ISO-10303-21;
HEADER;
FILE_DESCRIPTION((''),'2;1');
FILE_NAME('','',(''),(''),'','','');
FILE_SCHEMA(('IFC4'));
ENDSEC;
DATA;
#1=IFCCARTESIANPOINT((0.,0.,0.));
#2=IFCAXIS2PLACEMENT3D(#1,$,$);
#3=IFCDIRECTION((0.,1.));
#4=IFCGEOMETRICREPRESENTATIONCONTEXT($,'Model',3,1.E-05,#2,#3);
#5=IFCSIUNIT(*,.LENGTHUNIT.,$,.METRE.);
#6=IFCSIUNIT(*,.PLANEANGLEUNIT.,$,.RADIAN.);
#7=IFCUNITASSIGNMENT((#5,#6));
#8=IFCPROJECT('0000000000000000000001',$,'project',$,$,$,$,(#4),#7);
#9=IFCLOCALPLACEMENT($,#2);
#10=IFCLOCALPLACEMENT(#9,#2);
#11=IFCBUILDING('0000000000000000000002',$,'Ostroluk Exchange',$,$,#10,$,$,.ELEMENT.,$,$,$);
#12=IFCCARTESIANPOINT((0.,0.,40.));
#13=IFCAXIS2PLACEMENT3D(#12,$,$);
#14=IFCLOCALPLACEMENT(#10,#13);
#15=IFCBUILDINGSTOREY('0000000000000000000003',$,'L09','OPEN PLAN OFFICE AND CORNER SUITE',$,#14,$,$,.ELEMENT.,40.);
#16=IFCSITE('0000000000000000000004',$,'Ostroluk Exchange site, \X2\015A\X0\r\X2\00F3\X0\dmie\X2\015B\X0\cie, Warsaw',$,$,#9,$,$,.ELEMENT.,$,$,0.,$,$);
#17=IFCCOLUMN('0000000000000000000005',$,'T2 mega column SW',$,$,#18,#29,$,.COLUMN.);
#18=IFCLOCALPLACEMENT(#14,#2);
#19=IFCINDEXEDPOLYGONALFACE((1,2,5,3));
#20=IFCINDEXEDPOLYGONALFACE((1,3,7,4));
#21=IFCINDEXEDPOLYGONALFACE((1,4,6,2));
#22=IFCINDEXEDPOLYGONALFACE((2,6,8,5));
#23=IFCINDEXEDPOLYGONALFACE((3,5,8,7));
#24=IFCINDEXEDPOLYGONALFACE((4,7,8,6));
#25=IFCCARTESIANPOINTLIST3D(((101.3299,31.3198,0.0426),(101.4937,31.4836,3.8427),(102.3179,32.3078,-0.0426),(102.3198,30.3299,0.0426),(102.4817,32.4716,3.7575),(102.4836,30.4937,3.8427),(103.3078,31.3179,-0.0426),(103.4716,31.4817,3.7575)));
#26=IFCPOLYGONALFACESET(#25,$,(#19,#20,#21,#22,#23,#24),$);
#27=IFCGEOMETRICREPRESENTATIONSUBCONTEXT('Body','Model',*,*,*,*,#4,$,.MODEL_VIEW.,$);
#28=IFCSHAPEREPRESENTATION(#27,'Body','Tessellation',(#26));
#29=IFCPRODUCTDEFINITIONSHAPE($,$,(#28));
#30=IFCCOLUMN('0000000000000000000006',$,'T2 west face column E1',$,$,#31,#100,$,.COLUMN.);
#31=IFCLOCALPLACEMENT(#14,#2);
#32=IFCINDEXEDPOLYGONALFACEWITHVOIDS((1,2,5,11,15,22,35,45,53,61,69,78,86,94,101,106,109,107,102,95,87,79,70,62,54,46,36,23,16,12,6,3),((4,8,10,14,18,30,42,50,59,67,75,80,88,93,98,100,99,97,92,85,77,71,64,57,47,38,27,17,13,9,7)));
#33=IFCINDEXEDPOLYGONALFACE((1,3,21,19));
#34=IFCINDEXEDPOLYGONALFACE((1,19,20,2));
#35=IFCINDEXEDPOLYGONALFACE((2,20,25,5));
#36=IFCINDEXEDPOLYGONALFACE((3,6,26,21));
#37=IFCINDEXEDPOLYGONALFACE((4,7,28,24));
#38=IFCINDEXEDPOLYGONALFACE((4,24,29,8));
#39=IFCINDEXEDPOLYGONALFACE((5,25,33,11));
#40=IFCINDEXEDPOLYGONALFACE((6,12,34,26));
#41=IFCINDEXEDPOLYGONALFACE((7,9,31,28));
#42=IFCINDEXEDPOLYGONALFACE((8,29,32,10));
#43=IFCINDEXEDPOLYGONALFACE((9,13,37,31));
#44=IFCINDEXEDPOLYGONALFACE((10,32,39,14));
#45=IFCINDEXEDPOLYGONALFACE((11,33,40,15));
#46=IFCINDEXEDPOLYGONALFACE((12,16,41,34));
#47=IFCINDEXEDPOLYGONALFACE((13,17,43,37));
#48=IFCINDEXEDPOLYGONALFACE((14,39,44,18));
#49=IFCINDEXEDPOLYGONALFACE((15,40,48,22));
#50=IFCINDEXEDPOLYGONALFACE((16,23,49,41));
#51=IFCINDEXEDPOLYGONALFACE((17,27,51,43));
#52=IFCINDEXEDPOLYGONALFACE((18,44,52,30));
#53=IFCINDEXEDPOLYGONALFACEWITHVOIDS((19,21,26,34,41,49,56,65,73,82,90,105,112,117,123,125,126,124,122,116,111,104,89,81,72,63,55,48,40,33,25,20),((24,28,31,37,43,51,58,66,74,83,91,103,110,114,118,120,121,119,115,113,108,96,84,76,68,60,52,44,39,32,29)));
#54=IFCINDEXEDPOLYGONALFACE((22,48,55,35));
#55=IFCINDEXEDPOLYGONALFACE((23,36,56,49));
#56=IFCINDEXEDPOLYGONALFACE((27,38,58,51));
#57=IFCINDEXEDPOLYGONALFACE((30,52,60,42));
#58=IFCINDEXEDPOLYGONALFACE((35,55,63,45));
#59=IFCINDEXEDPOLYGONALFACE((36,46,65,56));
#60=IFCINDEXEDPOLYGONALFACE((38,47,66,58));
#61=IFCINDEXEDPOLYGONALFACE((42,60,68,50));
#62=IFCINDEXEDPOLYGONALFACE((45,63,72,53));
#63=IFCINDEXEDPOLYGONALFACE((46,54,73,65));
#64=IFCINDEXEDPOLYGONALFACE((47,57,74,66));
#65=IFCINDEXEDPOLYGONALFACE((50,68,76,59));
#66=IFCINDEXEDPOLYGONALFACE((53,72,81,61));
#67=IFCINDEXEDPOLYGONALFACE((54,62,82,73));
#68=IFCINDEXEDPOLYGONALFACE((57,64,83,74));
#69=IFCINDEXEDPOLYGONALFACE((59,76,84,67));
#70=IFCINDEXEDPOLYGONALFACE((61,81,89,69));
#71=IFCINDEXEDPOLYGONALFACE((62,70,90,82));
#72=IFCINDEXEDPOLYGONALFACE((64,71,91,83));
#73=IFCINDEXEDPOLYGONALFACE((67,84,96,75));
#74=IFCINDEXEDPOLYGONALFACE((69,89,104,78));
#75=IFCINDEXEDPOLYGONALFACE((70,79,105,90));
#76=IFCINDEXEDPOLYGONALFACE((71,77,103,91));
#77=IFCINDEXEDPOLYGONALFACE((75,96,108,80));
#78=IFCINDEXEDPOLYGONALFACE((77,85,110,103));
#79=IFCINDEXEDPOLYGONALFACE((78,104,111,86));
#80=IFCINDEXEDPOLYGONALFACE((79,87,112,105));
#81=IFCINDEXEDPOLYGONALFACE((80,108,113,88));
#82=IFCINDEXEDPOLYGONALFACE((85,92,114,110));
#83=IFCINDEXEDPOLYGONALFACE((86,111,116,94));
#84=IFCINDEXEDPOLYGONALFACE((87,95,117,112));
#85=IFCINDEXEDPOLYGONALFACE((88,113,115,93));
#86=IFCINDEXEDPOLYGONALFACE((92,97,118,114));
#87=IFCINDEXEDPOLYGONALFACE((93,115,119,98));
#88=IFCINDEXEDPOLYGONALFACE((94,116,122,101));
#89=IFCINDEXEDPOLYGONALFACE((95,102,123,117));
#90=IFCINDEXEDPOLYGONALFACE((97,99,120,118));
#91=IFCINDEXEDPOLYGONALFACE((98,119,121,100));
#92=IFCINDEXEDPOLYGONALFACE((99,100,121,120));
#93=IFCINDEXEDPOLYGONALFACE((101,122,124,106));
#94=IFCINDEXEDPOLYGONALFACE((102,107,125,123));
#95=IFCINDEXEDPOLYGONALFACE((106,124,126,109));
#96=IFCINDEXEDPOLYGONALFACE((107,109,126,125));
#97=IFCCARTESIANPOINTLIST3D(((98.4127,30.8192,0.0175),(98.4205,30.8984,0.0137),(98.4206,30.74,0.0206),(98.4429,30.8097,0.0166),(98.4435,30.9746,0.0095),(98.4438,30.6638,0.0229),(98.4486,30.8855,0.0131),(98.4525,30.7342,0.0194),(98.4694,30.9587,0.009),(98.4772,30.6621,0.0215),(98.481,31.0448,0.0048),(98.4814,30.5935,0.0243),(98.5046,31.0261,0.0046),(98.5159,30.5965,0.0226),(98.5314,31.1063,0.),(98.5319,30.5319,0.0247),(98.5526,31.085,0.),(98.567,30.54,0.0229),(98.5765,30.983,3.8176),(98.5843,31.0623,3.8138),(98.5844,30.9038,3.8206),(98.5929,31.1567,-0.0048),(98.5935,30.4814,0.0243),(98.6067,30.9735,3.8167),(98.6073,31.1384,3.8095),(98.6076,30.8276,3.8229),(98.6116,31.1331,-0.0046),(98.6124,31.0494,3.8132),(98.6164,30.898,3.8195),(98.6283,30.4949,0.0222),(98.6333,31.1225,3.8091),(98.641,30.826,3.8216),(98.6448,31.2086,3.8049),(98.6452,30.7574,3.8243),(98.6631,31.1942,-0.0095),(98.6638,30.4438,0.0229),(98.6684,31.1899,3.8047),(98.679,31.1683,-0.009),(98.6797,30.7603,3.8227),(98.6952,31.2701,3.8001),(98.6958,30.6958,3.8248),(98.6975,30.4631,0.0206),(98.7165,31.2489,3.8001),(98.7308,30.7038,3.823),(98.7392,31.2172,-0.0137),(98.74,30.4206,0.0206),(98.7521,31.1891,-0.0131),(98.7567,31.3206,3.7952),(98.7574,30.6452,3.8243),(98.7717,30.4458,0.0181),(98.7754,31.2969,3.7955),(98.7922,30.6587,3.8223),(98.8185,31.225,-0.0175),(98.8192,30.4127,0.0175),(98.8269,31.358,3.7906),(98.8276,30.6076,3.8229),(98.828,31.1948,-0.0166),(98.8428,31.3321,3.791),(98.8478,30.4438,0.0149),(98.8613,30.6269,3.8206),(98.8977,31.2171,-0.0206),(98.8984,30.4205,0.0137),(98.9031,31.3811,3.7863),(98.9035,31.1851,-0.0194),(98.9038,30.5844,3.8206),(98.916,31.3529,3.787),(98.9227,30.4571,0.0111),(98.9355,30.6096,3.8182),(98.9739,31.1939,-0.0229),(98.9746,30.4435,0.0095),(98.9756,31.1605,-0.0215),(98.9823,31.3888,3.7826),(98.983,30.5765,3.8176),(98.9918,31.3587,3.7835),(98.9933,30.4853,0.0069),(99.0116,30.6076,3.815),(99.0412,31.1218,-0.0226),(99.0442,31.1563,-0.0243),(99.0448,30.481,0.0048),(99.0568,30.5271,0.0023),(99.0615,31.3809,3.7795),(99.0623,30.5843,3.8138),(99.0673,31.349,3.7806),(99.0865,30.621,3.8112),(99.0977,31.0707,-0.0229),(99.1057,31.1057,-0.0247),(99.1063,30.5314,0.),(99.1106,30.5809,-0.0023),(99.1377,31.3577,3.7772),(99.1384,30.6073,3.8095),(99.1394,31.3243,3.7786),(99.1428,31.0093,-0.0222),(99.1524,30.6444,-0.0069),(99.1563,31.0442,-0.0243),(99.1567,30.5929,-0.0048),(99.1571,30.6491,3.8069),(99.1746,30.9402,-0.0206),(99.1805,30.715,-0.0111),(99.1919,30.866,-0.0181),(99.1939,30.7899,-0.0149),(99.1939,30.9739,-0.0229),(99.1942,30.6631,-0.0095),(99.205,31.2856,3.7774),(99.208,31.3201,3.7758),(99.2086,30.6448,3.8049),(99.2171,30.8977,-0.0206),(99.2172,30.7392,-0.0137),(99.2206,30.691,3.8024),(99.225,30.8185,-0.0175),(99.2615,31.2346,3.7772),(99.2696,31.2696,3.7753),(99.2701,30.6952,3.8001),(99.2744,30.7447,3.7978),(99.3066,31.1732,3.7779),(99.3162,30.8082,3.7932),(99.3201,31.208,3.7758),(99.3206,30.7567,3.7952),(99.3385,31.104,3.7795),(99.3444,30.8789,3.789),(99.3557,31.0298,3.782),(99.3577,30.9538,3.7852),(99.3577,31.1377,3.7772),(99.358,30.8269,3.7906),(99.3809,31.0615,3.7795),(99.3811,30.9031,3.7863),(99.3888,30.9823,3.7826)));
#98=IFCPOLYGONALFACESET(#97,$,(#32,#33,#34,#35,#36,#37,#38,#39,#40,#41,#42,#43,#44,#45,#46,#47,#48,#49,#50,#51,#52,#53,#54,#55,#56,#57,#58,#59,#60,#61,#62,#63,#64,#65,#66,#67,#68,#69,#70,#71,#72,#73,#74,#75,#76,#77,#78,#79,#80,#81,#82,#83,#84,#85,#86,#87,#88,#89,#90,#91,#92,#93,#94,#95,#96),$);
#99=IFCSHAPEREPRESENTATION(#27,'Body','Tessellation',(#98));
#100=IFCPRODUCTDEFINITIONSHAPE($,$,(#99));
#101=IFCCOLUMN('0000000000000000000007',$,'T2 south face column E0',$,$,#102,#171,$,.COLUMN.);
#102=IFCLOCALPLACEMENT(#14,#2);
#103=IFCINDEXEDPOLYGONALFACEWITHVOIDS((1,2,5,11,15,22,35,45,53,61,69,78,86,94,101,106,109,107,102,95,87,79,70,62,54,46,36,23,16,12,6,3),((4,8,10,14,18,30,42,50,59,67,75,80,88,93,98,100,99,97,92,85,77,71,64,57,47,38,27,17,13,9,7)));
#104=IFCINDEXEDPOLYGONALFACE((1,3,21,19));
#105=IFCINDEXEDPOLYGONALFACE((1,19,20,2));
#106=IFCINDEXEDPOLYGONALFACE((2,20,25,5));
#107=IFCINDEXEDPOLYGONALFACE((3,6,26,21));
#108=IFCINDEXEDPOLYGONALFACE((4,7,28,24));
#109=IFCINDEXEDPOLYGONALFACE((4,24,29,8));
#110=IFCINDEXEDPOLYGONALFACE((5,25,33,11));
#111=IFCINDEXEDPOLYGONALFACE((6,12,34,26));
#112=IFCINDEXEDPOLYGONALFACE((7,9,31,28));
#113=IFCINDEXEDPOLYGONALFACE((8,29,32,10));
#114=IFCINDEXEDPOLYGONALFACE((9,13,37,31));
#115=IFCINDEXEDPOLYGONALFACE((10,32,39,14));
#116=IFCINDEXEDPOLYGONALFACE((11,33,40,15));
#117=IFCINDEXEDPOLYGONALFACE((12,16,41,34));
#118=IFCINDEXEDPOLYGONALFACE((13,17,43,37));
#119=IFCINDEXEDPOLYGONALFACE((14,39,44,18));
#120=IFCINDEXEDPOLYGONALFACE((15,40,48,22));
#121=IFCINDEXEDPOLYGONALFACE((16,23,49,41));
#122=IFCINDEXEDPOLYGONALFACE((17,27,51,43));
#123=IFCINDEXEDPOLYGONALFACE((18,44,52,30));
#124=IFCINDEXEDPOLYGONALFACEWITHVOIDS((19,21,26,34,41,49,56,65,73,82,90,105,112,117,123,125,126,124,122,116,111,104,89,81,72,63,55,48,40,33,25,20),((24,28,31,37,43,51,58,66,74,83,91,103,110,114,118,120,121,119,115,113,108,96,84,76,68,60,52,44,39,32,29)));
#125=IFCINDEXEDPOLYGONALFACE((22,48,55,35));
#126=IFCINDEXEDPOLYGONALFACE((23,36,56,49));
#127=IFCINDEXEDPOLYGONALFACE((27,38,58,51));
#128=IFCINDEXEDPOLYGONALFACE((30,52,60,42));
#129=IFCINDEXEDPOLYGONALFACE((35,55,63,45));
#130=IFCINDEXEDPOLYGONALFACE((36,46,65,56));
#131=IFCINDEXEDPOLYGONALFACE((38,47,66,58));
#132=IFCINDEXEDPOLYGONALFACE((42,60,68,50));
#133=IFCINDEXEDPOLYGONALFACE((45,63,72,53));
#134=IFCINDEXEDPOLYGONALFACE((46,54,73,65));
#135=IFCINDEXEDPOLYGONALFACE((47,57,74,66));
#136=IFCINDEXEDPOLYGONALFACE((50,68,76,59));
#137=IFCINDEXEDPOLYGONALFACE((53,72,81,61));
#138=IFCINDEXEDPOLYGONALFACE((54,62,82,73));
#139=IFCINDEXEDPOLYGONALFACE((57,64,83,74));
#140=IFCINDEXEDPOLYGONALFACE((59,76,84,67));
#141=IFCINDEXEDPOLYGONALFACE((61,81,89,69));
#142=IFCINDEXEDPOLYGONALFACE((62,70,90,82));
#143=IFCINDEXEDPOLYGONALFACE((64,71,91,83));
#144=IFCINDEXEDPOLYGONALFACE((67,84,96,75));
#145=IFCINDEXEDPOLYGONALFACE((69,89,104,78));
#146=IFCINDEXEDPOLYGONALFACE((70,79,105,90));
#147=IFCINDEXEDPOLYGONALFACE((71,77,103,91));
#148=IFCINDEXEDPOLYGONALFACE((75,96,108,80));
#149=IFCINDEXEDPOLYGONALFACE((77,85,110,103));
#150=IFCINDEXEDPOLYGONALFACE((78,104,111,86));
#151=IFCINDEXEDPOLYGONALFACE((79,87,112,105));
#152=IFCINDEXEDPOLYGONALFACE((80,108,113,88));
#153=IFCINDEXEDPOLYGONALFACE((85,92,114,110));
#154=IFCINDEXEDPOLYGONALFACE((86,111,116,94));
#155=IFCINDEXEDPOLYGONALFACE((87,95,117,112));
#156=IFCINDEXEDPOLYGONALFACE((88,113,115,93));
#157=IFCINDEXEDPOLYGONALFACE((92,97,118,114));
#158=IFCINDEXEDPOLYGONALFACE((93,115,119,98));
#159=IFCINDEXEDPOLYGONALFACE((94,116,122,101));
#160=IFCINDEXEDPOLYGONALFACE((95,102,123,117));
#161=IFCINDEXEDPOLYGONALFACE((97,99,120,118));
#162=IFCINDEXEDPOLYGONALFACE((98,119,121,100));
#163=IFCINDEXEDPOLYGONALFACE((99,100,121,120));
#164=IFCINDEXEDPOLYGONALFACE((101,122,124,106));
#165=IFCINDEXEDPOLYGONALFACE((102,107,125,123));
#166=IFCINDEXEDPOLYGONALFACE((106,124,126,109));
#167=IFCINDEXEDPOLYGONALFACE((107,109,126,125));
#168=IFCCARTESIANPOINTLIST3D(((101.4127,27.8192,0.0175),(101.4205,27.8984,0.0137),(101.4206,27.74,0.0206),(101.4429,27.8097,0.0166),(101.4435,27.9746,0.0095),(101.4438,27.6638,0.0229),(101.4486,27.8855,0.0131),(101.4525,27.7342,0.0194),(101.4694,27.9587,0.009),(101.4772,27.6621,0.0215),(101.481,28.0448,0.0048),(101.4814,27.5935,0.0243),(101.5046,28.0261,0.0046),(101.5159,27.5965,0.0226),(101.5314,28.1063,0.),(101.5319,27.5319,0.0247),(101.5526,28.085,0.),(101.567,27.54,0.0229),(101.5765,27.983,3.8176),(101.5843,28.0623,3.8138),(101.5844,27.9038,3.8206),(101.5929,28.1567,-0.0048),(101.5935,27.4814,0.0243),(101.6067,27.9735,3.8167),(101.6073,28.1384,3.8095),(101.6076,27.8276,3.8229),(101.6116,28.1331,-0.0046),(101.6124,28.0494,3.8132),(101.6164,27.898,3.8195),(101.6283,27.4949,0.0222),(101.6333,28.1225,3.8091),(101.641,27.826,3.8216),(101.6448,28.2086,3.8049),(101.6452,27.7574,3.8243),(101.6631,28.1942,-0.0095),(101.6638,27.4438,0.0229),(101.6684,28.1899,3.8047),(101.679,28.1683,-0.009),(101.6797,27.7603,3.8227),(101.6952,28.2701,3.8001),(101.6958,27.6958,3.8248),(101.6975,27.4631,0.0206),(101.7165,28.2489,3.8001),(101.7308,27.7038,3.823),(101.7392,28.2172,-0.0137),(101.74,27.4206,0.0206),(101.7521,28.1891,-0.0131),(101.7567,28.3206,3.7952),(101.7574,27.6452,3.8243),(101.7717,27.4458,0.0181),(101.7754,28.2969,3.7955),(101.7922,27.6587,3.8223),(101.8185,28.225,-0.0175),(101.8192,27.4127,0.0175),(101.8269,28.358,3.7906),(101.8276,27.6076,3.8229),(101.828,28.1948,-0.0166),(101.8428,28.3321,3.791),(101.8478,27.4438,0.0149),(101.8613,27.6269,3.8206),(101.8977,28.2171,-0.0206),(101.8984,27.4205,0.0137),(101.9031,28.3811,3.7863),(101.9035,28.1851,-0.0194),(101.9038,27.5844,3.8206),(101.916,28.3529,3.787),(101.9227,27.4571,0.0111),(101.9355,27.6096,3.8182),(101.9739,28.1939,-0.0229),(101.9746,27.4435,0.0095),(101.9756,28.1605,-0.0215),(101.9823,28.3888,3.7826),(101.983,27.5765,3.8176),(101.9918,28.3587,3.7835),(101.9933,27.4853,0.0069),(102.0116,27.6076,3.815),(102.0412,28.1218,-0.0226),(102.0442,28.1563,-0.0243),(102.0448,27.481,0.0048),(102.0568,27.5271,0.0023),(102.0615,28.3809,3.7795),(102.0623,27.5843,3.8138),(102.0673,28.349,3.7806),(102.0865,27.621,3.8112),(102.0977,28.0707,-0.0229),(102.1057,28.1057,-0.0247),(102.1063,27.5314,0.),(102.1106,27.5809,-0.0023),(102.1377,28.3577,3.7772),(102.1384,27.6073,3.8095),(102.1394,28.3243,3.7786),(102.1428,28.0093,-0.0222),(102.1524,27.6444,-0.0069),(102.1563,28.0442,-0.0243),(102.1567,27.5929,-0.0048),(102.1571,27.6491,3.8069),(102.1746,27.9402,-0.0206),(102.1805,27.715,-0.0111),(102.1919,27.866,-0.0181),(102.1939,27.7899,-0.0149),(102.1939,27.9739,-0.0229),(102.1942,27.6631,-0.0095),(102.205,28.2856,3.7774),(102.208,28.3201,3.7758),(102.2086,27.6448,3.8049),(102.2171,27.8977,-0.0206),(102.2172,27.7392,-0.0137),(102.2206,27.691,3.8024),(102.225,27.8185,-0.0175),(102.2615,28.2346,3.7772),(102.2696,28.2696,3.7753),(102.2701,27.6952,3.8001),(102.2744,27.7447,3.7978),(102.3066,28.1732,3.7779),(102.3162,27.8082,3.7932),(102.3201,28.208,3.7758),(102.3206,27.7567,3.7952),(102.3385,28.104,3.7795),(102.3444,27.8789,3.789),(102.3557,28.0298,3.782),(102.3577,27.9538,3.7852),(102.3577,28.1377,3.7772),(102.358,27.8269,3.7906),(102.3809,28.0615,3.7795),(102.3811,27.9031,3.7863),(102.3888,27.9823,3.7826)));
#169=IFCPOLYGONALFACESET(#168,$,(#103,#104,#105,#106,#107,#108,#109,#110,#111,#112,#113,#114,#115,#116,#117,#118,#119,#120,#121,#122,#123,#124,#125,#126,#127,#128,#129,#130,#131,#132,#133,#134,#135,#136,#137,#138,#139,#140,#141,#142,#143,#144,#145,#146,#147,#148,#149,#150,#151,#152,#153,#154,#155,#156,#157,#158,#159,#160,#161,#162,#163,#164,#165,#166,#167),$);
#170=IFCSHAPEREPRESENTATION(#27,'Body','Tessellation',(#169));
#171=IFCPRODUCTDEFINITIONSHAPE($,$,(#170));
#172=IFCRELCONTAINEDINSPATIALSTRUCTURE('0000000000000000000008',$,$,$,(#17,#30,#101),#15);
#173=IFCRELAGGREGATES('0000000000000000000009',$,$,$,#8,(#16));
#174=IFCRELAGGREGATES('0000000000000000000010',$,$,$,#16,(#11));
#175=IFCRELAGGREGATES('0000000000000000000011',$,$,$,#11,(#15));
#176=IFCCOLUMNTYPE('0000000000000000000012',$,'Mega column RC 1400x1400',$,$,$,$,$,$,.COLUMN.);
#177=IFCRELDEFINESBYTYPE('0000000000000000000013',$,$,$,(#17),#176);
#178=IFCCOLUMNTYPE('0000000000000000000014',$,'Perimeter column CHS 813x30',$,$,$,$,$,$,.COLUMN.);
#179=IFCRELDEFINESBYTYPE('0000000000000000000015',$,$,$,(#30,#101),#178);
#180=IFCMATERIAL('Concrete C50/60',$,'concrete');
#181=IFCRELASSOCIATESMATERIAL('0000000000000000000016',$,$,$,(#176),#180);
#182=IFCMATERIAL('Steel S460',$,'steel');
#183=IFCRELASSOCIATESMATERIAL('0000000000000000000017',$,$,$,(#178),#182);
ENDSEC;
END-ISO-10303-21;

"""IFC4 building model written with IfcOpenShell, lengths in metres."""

from ifc_helpers import new_model, si_unit, direction, frame, origin, origin_2d, place, context, subcontext, project, spatial, rectangle, hollow_circle, extrude, material, material_profile, profile_set, type_object, element, save


model = new_model("IFC4")

# Units and contexts
model_context = context("Model", 3, precision=1e-05, world=origin(), true_north=direction((0.0, 1.0)))
body_context = subcontext(model_context, "Body", "Model", "MODEL_VIEW")
ifc_project = project(units=[si_unit("LENGTHUNIT", "METRE"), si_unit("PLANEANGLEUNIT", "RADIAN")], contexts=[model_context])

# Site, building, storey
site_placement = place(None, origin())
site = spatial("IfcSite", under=ifc_project, at=site_placement, Name="Ostroluk Exchange site, Śródmieście, Warsaw", CompositionType="ELEMENT", RefElevation=0.0)
building_placement = place(site_placement, origin())
building = spatial("IfcBuilding", under=site, at=building_placement, Name="Ostroluk Exchange", CompositionType="ELEMENT")
storey_placement = place(building_placement, frame((0.0, 0.0, 40.0)))
storey = spatial("IfcBuildingStorey", under=building, at=storey_placement, Name="L09", Description="OPEN PLAN OFFICE AND CORNER SUITE", CompositionType="ELEMENT", Elevation=40.0)

# Columns
ifc_material_1 = material(Name="Concrete C50/60", Category="concrete")
ifc_material_profile_1 = material_profile(ifc_material_1, rectangle(XDim=1.3999, YDim=1.3999, at=origin_2d()), Name="RC 1400x1400")
ifc_profile_set_1 = profile_set([ifc_material_profile_1], Name="Concrete C50/60")
column_type_1 = type_object("IfcColumnType", Name="Mega column RC 1400x1400", PredefinedType="COLUMN", material=ifc_profile_set_1)
column_placement = place(storey_placement, frame((102.3188, 31.3188, 0.0), z_axis=(0.04303, 0.04303, 0.998147), x_axis=(-0.707107, 0.707107, 0.0)))
element("IfcColumn", 1, at=column_placement, inside=storey, type_object=column_type_1, Name="T2 mega column SW", PredefinedType="COLUMN", context=body_context, shape_type="SweptSolid", body=[
    extrude(rectangle(XDim=1.3999, YDim=1.3999, at=origin_2d()), origin(), (0.0, 0.0, 1.0), 3.8071),
])
ifc_material_2 = material(Name="Steel S460", Category="steel")
ifc_material_profile_2 = material_profile(ifc_material_2, hollow_circle(Radius=0.4065, WallThickness=0.03, at=origin_2d()), Name="CHS 813x30")
ifc_profile_set_2 = profile_set([ifc_material_profile_2], Name="Steel S460")
column_type_2 = type_object("IfcColumnType", Name="Perimeter column CHS 813x30", PredefinedType="COLUMN", material=ifc_profile_set_2)
for number, where, z_axis, x_axis, name in (
    (2, (98.8188, 30.8188, 0.0), (0.04303, 0.04303, 0.998147), (-0.707107, 0.707107, 0.0), "T2 west face column E1"),
    (3, (101.8188, 27.8188, 0.0), (0.04303, 0.04303, 0.998147), (-0.707107, 0.707107, 0.0), "T2 south face column E0"),
):
    element("IfcColumn", number, at=place(storey_placement, frame(where, z_axis=z_axis, x_axis=x_axis)), inside=storey, type_object=column_type_2, Name=name, PredefinedType="COLUMN", context=body_context, shape_type="SweptSolid", body=[
        extrude(hollow_circle(Radius=0.4065, WallThickness=0.03, at=origin_2d()), origin(), (0.0, 0.0, 1.0), 3.8071),
    ])

save(model, "model.ifc")
